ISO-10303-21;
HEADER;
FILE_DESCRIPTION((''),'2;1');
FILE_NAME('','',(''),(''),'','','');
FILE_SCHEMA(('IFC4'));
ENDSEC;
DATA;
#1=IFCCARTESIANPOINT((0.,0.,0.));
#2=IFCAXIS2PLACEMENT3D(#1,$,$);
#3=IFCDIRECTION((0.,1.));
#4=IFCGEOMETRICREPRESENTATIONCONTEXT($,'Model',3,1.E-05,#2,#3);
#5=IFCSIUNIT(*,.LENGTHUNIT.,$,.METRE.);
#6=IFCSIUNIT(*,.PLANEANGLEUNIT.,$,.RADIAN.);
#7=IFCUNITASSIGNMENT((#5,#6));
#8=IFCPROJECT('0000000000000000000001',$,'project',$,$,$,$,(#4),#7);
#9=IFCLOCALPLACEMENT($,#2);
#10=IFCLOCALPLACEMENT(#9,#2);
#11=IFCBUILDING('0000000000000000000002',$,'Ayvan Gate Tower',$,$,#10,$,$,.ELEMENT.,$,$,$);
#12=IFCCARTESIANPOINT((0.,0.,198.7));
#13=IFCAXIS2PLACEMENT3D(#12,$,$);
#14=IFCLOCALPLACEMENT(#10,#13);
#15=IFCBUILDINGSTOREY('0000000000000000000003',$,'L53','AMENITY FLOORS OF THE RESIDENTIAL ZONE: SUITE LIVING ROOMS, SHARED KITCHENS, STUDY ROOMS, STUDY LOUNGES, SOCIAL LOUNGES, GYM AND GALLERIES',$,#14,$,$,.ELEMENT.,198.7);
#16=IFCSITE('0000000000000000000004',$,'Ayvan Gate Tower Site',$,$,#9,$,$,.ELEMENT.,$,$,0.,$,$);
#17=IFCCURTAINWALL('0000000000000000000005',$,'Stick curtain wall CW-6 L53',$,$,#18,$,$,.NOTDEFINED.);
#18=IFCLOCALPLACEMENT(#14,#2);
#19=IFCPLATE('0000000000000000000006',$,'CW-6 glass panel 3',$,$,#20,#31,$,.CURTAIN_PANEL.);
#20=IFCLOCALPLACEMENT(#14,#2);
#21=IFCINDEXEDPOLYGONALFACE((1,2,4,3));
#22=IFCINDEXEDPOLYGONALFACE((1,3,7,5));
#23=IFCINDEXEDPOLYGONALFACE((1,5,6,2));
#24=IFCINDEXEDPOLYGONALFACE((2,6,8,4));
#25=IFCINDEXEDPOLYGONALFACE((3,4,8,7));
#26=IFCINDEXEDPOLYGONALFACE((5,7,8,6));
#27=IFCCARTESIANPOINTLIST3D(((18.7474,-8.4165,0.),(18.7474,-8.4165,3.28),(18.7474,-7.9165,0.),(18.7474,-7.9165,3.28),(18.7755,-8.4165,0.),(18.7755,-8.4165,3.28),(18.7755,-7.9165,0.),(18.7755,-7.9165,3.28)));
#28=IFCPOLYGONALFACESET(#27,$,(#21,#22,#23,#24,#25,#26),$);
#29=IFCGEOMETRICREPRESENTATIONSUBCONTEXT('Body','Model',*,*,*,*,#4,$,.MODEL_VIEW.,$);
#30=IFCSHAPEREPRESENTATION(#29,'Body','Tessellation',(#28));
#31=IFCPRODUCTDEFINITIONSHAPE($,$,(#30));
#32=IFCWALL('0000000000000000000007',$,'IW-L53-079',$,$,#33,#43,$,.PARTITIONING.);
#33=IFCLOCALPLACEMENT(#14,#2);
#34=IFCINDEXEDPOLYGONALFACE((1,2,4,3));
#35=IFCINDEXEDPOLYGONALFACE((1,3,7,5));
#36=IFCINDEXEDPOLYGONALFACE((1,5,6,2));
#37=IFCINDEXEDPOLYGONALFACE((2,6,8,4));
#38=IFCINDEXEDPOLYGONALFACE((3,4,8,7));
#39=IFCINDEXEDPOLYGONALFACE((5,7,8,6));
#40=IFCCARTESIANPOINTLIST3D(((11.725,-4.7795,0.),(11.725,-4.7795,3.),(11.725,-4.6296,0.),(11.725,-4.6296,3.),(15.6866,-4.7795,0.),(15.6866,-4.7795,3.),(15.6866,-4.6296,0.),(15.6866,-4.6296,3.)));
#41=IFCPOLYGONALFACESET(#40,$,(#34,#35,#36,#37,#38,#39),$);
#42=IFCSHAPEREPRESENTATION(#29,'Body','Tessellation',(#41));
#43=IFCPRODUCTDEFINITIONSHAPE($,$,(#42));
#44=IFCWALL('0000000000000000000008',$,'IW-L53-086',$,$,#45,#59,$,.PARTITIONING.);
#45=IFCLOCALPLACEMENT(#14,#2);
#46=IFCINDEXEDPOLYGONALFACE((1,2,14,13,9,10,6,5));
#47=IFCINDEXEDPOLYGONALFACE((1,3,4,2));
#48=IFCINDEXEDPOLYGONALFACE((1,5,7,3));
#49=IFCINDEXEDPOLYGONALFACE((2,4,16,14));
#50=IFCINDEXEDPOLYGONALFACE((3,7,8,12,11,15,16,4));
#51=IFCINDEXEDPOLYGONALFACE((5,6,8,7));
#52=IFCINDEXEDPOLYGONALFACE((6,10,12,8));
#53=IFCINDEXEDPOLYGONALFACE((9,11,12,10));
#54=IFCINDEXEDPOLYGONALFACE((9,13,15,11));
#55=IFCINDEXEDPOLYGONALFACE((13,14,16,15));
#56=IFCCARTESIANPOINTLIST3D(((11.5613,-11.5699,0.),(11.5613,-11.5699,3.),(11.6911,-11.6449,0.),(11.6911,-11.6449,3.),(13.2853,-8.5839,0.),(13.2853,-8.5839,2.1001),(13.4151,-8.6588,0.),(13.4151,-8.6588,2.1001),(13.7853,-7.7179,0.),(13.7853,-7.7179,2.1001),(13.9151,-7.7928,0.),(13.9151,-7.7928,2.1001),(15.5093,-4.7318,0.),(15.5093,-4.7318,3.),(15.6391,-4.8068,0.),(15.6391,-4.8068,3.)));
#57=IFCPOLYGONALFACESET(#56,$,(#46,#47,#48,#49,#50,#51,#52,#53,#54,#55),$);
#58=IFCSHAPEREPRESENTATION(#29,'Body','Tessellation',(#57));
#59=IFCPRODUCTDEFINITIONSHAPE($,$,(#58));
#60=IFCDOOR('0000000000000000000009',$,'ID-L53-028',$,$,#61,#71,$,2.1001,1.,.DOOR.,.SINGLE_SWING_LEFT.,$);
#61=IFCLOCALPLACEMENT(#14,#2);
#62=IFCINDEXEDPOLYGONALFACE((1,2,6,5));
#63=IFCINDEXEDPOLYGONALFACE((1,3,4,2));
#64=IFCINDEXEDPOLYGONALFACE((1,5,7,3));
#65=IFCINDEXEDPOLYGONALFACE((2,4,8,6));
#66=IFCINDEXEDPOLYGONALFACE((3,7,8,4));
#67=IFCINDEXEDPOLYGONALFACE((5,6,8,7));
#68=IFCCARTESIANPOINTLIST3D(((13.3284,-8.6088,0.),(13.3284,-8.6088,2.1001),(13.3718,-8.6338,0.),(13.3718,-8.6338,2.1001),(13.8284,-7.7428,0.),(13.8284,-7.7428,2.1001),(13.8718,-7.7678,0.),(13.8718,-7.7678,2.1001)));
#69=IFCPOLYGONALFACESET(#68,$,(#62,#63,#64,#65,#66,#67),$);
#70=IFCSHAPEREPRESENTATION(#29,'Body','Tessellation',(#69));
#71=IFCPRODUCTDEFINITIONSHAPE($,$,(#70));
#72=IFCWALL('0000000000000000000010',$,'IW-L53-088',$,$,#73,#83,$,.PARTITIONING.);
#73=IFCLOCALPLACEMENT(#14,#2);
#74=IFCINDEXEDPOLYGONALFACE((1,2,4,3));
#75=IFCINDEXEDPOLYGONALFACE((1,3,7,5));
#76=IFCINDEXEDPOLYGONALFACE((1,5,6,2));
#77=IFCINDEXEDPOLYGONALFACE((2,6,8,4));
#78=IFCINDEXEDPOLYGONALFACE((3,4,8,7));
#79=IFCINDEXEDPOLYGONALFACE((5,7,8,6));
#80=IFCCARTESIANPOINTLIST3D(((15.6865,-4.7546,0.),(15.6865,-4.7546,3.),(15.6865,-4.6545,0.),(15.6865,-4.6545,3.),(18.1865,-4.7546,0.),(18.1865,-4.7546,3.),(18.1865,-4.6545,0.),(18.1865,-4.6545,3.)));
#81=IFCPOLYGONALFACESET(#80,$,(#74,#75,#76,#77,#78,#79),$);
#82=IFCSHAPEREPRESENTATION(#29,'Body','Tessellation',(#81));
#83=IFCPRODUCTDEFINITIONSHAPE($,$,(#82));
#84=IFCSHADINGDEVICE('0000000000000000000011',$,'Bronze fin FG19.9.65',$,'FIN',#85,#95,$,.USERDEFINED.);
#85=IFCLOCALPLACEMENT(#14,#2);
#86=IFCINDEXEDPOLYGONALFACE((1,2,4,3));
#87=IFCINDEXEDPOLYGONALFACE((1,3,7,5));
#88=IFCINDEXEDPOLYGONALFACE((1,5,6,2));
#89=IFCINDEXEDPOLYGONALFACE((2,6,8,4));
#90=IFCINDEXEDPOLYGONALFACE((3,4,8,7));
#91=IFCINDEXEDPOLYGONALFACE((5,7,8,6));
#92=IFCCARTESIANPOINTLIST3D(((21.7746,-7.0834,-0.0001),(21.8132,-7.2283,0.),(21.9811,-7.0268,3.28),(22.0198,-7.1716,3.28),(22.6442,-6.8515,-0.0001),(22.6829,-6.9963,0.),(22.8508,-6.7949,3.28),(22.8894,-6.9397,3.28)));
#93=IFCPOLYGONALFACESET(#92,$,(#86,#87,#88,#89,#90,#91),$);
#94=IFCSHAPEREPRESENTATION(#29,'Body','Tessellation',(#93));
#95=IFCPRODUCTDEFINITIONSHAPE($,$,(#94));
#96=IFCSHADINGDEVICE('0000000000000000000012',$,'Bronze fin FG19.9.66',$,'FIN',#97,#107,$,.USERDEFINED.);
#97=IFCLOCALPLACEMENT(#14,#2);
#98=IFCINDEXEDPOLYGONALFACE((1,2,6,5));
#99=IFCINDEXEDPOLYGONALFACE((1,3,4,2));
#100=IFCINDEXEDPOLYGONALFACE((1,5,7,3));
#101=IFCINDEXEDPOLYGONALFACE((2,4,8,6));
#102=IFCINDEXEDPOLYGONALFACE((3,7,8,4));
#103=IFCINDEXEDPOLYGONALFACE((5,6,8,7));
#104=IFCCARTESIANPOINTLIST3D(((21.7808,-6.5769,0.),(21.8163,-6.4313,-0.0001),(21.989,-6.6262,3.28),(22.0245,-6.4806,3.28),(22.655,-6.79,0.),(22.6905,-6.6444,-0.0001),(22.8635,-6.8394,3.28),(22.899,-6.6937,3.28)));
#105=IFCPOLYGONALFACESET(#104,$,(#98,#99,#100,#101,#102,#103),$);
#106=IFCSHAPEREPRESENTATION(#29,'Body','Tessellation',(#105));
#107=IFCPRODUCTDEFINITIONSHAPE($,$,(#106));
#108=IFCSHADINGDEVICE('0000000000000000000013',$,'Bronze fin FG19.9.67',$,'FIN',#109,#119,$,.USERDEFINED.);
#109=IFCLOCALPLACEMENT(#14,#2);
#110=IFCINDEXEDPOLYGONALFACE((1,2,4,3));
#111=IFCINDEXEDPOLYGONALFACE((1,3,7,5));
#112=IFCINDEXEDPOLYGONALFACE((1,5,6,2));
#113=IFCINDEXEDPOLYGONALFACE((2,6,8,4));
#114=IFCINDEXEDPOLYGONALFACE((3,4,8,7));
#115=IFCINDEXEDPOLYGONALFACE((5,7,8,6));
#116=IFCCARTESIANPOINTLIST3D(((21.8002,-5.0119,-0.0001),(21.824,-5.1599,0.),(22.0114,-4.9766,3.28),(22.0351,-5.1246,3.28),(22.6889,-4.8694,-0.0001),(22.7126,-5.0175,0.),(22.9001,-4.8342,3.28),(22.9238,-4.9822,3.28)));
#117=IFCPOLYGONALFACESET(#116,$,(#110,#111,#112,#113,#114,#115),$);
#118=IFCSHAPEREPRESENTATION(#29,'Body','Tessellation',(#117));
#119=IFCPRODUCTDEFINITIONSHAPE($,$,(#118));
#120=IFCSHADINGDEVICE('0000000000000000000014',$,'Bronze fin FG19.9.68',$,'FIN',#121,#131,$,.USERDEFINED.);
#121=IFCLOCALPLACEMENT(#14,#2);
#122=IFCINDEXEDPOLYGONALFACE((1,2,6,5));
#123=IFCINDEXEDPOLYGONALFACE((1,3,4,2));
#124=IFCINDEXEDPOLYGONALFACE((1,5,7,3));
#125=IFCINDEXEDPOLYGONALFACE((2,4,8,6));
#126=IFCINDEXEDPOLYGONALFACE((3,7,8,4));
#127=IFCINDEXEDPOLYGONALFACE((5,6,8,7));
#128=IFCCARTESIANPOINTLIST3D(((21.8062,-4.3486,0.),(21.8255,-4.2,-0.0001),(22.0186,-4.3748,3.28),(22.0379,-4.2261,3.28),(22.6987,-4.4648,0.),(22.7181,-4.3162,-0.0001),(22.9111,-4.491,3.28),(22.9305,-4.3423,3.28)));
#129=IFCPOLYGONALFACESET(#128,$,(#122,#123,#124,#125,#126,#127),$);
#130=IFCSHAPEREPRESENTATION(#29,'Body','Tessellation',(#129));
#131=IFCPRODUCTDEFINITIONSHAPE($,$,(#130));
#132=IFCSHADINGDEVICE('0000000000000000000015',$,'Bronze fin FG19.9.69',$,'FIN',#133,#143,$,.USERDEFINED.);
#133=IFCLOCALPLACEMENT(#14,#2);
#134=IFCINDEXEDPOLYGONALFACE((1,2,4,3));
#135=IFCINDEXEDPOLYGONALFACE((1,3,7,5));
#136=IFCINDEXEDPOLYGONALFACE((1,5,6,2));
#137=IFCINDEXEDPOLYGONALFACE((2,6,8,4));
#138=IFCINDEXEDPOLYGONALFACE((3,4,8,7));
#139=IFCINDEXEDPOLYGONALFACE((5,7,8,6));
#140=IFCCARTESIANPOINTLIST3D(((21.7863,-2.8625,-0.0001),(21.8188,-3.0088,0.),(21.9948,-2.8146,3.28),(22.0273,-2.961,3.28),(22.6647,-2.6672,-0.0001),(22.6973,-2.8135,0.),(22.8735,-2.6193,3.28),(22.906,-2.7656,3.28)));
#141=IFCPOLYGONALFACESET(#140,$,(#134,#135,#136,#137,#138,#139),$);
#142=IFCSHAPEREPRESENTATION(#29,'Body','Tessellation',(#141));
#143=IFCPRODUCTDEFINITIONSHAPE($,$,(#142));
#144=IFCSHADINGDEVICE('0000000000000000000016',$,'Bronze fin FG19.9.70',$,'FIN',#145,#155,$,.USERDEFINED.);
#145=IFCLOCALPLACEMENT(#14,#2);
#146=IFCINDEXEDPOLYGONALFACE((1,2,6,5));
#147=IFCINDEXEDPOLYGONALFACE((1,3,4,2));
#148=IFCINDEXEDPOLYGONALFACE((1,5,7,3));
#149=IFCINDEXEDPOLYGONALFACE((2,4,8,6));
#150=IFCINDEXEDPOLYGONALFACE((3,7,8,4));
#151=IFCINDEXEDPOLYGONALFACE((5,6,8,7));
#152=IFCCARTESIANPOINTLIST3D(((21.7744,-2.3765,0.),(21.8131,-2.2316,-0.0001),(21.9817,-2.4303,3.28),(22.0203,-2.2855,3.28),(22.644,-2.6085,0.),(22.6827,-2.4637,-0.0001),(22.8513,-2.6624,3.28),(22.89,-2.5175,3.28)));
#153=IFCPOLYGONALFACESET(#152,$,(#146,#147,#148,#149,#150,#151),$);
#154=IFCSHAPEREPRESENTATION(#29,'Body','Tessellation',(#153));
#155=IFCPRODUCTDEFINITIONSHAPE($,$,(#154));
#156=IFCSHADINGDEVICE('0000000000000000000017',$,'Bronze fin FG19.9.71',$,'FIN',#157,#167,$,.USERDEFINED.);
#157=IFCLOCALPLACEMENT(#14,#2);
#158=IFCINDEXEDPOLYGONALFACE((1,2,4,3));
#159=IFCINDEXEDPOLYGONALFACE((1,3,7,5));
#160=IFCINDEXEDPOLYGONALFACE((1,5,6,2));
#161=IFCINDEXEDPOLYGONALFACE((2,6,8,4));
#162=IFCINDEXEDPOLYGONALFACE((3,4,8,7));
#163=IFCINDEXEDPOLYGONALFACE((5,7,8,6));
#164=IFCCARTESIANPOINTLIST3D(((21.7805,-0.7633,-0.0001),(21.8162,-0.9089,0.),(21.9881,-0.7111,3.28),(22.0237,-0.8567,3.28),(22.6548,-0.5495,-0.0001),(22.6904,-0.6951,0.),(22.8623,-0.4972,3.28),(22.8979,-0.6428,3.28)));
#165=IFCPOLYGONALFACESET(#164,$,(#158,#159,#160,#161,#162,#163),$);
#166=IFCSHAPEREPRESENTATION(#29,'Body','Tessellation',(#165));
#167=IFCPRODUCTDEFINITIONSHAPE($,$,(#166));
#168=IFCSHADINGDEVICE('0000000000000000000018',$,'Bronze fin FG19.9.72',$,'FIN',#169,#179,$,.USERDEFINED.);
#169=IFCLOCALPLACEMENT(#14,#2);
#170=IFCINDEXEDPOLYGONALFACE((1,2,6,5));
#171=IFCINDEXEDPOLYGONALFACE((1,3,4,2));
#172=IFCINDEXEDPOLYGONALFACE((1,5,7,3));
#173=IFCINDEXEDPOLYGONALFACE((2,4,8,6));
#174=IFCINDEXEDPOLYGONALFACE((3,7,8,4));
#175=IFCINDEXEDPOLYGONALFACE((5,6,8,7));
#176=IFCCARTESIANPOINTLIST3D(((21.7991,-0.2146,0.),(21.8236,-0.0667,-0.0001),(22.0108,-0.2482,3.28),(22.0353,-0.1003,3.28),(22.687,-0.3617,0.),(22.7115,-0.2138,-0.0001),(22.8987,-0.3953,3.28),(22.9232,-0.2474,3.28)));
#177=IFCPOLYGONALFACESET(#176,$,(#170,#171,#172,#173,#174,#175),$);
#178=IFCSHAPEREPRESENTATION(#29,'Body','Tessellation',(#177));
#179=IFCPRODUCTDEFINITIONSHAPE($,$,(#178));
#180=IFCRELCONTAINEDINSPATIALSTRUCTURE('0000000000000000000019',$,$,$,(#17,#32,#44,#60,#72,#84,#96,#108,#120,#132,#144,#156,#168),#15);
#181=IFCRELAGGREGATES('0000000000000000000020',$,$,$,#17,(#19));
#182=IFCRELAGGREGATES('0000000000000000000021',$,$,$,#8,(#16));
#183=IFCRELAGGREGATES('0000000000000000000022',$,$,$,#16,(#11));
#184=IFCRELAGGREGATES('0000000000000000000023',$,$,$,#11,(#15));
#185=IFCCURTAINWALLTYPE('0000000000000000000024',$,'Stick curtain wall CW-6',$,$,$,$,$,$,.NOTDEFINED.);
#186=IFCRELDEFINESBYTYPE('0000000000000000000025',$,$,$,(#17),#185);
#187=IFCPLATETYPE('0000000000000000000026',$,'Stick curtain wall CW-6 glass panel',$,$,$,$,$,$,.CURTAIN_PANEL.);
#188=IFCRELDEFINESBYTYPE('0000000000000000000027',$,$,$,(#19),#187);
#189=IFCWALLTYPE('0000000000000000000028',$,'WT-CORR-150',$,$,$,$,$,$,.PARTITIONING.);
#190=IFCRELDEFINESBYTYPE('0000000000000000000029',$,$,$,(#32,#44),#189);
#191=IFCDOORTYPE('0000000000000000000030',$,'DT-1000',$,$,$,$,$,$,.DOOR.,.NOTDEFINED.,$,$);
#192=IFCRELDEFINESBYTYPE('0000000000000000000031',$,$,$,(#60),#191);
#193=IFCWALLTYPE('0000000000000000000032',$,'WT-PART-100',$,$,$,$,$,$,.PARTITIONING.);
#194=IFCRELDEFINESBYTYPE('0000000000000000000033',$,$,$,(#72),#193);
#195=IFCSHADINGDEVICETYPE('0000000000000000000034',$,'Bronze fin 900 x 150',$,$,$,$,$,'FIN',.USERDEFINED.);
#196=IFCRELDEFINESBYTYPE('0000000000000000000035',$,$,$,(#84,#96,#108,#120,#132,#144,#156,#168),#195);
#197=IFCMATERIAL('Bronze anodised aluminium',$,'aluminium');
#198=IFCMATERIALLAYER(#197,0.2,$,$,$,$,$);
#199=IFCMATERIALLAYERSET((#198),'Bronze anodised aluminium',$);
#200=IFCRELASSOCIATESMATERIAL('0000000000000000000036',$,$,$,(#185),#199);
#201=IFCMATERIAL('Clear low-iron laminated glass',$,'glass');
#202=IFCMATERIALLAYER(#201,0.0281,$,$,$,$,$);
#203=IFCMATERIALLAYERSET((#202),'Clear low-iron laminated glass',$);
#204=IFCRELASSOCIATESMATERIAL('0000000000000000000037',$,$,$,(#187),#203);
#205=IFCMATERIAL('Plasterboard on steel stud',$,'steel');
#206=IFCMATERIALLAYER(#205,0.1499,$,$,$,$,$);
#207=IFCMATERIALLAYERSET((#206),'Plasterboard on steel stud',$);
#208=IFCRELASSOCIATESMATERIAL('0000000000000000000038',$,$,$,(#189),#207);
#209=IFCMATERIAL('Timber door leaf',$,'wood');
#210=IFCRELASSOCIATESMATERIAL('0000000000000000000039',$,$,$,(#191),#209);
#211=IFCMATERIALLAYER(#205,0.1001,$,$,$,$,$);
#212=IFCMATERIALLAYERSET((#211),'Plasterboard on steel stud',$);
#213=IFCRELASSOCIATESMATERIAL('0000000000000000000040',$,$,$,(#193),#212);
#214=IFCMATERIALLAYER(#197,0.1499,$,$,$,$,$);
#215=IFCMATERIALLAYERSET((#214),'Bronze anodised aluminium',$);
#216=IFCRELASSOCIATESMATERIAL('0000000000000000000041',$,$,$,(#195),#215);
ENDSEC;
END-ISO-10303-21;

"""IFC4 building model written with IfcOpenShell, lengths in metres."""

from ifc_helpers import new_model, si_unit, direction, frame, frame_2d, origin, origin_2d, place, context, subcontext, project, spatial, polyline, rectangle, outline, extrude, material, layer, layer_set, type_object, element, fill, aggregate, save


model = new_model("IFC4")

# Units and contexts
model_context = context("Model", 3, precision=1e-05, world=origin(), true_north=direction((0.0, 1.0)))
body_context = subcontext(model_context, "Body", "Model", "MODEL_VIEW")
ifc_project = project(units=[si_unit("LENGTHUNIT", "METRE"), si_unit("PLANEANGLEUNIT", "RADIAN")], contexts=[model_context])

# Site, building, storey
site_placement = place(None, origin())
site = spatial("IfcSite", under=ifc_project, at=site_placement, Name="Ayvan Gate Tower Site", CompositionType="ELEMENT", RefElevation=0.0)
building_placement = place(site_placement, origin())
building = spatial("IfcBuilding", under=site, at=building_placement, Name="Ayvan Gate Tower", CompositionType="ELEMENT")
storey_placement = place(building_placement, frame((0.0, 0.0, 198.7)))
storey = spatial("IfcBuildingStorey", under=building, at=storey_placement, Name="L53", Description="AMENITY FLOORS OF THE RESIDENTIAL ZONE: SUITE LIVING ROOMS, SHARED KITCHENS, STUDY ROOMS, STUDY LOUNGES, SOCIAL LOUNGES, GYM AND GALLERIES", CompositionType="ELEMENT", Elevation=198.7)

# Curtain wall
ifc_material_1 = material(Name="Bronze anodised aluminium", Category="aluminium")
ifc_layer_1 = layer(ifc_material_1, 0.2)
ifc_layer_set_1 = layer_set([ifc_layer_1], Name="Bronze anodised aluminium")
curtain_wall_type_1 = type_object("IfcCurtainWallType", Name="Stick curtain wall CW-6", PredefinedType="NOTDEFINED", material=ifc_layer_set_1)
curtain_wall_1_placement = place(storey_placement, origin())
curtain_wall_1 = element("IfcCurtainWall", 1, at=curtain_wall_1_placement, inside=storey, type_object=curtain_wall_type_1, Name="Stick curtain wall CW-6 L53", PredefinedType="NOTDEFINED")

# Plate
ifc_material_2 = material(Name="Clear low-iron laminated glass", Category="glass")
ifc_layer_2 = layer(ifc_material_2, 0.0281)
ifc_layer_set_2 = layer_set([ifc_layer_2], Name="Clear low-iron laminated glass")
plate_type_1 = type_object("IfcPlateType", Name="Stick curtain wall CW-6 glass panel", PredefinedType="CURTAIN_PANEL", material=ifc_layer_set_2)
plate_1_placement = place(storey_placement, frame((18.7615, -8.1665, 0.0), z_axis=(0.0, 0.0, 1.0), x_axis=(0.0, 1.0, 0.0)))
plate_1 = element("IfcPlate", 2, at=plate_1_placement, type_object=plate_type_1, Name="CW-6 glass panel 3", PredefinedType="CURTAIN_PANEL", context=body_context, shape_type="SweptSolid", body=[
    extrude(rectangle(XDim=0.5, YDim=0.0281, at=origin_2d()), origin(), (0.0, 0.0, 1.0), 3.28),
])
aggregate(curtain_wall_1, [plate_1])

# Wall
ifc_material_3 = material(Name="Plasterboard on steel stud", Category="steel")
ifc_layer_3 = layer(ifc_material_3, 0.1499)
ifc_layer_set_3 = layer_set([ifc_layer_3], Name="Plasterboard on steel stud")
wall_type_1 = type_object("IfcWallType", Name="WT-CORR-150", PredefinedType="PARTITIONING", material=ifc_layer_set_3)
wall_1_placement = place(storey_placement, frame((11.7249, -4.7046, 0.0), z_axis=(0.0, 0.0, 1.0), x_axis=(1.0, 0.0, 0.0)))
element("IfcWall", 3, at=wall_1_placement, inside=storey, type_object=wall_type_1, Name="IW-L53-079", PredefinedType="PARTITIONING", context=body_context, shape_type="SweptSolid", body=[
    extrude(rectangle(XDim=3.9617, YDim=0.1499, at=frame_2d((1.981, 0.0))), origin(), (0.0, 0.0, 1.0), 3.0),
])

# Wall, opening, door
wall_2_placement = place(storey_placement, frame((15.5742, -4.7693, 0.0), z_axis=(0.0, 0.0, 1.0), x_axis=(-0.5, -0.866025, 0.0)))
wall_2 = element("IfcWall", 4, at=wall_2_placement, inside=storey, type_object=wall_type_1, Name="IW-L53-086", PredefinedType="PARTITIONING", context=body_context, shape_type="SweptSolid", body=[
    extrude(rectangle(XDim=7.896, YDim=0.1499, at=frame_2d((3.948, 0.0))), origin(), (0.0, 0.0, 1.0), 3.0),
])
opening_placement = place(wall_2_placement, frame((3.448, 0.0, 0.0)))
opening = element("IfcOpeningElement", 5, at=opening_placement, cuts=wall_2, PredefinedType="OPENING", context=body_context, shape_type="SweptSolid", body=[
    extrude(rectangle(XDim=1.0, YDim=2.1001, at=frame_2d((0.5, 1.05))), frame((0.0, 0.085, 0.0), z_axis=(0.0, -1.0, 0.0), x_axis=(1.0, 0.0, 0.0)), (0.0, 0.0, 1.0), 0.1699),
])
ifc_material_4 = material(Name="Timber door leaf", Category="wood")
door_type = type_object("IfcDoorType", Name="DT-1000", OperationType="NOTDEFINED", PredefinedType="DOOR", material=ifc_material_4)
door_placement = place(opening_placement, origin())
door = element("IfcDoor", 6, at=door_placement, inside=storey, type_object=door_type, Name="ID-L53-028", OperationType="SINGLE_SWING_LEFT", OverallHeight=2.1001, OverallWidth=1.0, PredefinedType="DOOR", context=body_context, shape_type="SweptSolid", body=[
    extrude(rectangle(XDim=1.0, YDim=2.1001, at=frame_2d((0.5, 1.05))), frame((0.0, 0.0249, 0.0), z_axis=(0.0, -1.0, 0.0), x_axis=(1.0, 0.0, 0.0)), (0.0, 0.0, 1.0), 0.05),
])
fill(opening, door)

# Wall
ifc_layer_4 = layer(ifc_material_3, 0.1001)
ifc_layer_set_4 = layer_set([ifc_layer_4], Name="Plasterboard on steel stud")
wall_type_2 = type_object("IfcWallType", Name="WT-PART-100", PredefinedType="PARTITIONING", material=ifc_layer_set_4)
wall_3_placement = place(storey_placement, frame((18.1865, -4.7046, 0.0), z_axis=(0.0, 0.0, 1.0), x_axis=(-1.0, 0.0, 0.0)))
element("IfcWall", 7, at=wall_3_placement, inside=storey, type_object=wall_type_2, Name="IW-L53-088", PredefinedType="PARTITIONING", context=body_context, shape_type="SweptSolid", body=[
    extrude(rectangle(XDim=2.5, YDim=0.1001, at=frame_2d((1.25, 0.0))), origin(), (0.0, 0.0, 1.0), 3.0),
])

# Shading devices
ifc_layer_5 = layer(ifc_material_1, 0.1499)
ifc_layer_set_5 = layer_set([ifc_layer_5], Name="Bronze anodised aluminium")
shading_device_type = type_object("IfcShadingDeviceType", Name="Bronze fin 900 x 150", ElementType="FIN", PredefinedType="USERDEFINED", material=ifc_layer_set_5)
shading_device_1_placement = place(storey_placement, frame((21.8132, -7.2283, 0.0), z_axis=(0.257696, -0.966226, 0.000458), x_axis=(0.966226, 0.257696, 0.0)))
element("IfcShadingDevice", 8, at=shading_device_1_placement, inside=storey, type_object=shading_device_type, Name="Bronze fin FG19.9.65", ObjectType="FIN", PredefinedType="USERDEFINED", context=body_context, shape_type="SweptSolid", body=[
    extrude(outline(polyline([(0.0, 0.0), (0.9, 0.0), (1.1142, 3.28), (0.2142, 3.28), (0.0, 0.0)])), origin(), (0.0, 0.0, -1.0), 0.1499),
])
shading_device_2_placement = place(storey_placement, frame((21.7808, -6.5769, 0.0), z_axis=(-0.236819, -0.971554, 0.000437), x_axis=(0.971554, -0.236819, 0.0)))
element("IfcShadingDevice", 9, at=shading_device_2_placement, inside=storey, type_object=shading_device_type, Name="Bronze fin FG19.9.66", ObjectType="FIN", PredefinedType="USERDEFINED", context=body_context, shape_type="SweptSolid", body=[
    extrude(outline(polyline([(0.0, 0.0), (0.8999, 0.0), (1.1141, 3.28), (0.214, 3.28), (0.0, 0.0)])), origin(), (0.0, 0.0, -1.0), 0.1499),
])
shading_device_3_placement = place(storey_placement, frame((21.824, -5.1599, 0.0), z_axis=(0.158281, -0.987394, 0.000429), x_axis=(0.987394, 0.158281, 0.0)))
element("IfcShadingDevice", 10, at=shading_device_3_placement, inside=storey, type_object=shading_device_type, Name="Bronze fin FG19.9.67", ObjectType="FIN", PredefinedType="USERDEFINED", context=body_context, shape_type="SweptSolid", body=[
    extrude(outline(polyline([(0.0, 0.0), (0.9, 0.0), (1.1141, 3.28), (0.2141, 3.28), (0.0, 0.0)])), origin(), (0.0, 0.0, -1.0), 0.1499),
])
shading_device_4_placement = place(storey_placement, frame((21.8062, -4.3486, 0.0), z_axis=(-0.129107, -0.991631, 0.000463), x_axis=(0.991631, -0.129107, 0.0)))
element("IfcShadingDevice", 11, at=shading_device_4_placement, inside=storey, type_object=shading_device_type, Name="Bronze fin FG19.9.68", ObjectType="FIN", PredefinedType="USERDEFINED", context=body_context, shape_type="SweptSolid", body=[
    extrude(outline(polyline([(0.0, 0.0), (0.9001, 0.0), (1.1141, 3.28), (0.214, 3.28), (0.0, 0.0)])), origin(), (0.0, 0.0, -1.0), 0.1499),
])
shading_device_5_placement = place(storey_placement, frame((21.8188, -3.0088, 0.0), z_axis=(0.217017, -0.976168, 0.000438), x_axis=(0.976168, 0.217017, 0.0)))
element("IfcShadingDevice", 12, at=shading_device_5_placement, inside=storey, type_object=shading_device_type, Name="Bronze fin FG19.9.69", ObjectType="FIN", PredefinedType="USERDEFINED", context=body_context, shape_type="SweptSolid", body=[
    extrude(outline(polyline([(0.0, 0.0), (0.8999, 0.0), (1.114, 3.28), (0.2139, 3.28), (0.0, 0.0)])), origin(), (0.0, 0.0, -1.0), 0.1499),
])
shading_device_6_placement = place(storey_placement, frame((21.7744, -2.3765, 0.0), z_axis=(-0.257823, -0.966192, 0.000435), x_axis=(0.966192, -0.257823, 0.0)))
element("IfcShadingDevice", 13, at=shading_device_6_placement, inside=storey, type_object=shading_device_type, Name="Bronze fin FG19.9.70", ObjectType="FIN", PredefinedType="USERDEFINED", context=body_context, shape_type="SweptSolid", body=[
    extrude(outline(polyline([(0.0, 0.0), (0.9, 0.0), (1.1142, 3.28), (0.2141, 3.28), (0.0, 0.0)])), origin(), (0.0, 0.0, -1.0), 0.1499),
])
shading_device_7_placement = place(storey_placement, frame((21.8162, -0.9089, 0.0), z_axis=(0.237618, -0.971359, 0.000439), x_axis=(0.971359, 0.237618, 0.0)))
element("IfcShadingDevice", 14, at=shading_device_7_placement, inside=storey, type_object=shading_device_type, Name="Bronze fin FG19.9.71", ObjectType="FIN", PredefinedType="USERDEFINED", context=body_context, shape_type="SweptSolid", body=[
    extrude(outline(polyline([(0.0, 0.0), (0.9, 0.0), (1.114, 3.28), (0.214, 3.28), (0.0, 0.0)])), origin(), (0.0, 0.0, -1.0), 0.1499),
])
shading_device_8_placement = place(storey_placement, frame((21.7991, -0.2146, 0.0), z_axis=(-0.163431, -0.986555, 0.00045), x_axis=(0.986555, -0.163431, 0.0)))
element("IfcShadingDevice", 15, at=shading_device_8_placement, inside=storey, type_object=shading_device_type, Name="Bronze fin FG19.9.72", ObjectType="FIN", PredefinedType="USERDEFINED", context=body_context, shape_type="SweptSolid", body=[
    extrude(outline(polyline([(0.0, 0.0), (0.9001, 0.0), (1.1144, 3.28), (0.2143, 3.28), (0.0, 0.0)])), origin(), (0.0, 0.0, -1.0), 0.1499),
])

save(model, "model.ifc")
